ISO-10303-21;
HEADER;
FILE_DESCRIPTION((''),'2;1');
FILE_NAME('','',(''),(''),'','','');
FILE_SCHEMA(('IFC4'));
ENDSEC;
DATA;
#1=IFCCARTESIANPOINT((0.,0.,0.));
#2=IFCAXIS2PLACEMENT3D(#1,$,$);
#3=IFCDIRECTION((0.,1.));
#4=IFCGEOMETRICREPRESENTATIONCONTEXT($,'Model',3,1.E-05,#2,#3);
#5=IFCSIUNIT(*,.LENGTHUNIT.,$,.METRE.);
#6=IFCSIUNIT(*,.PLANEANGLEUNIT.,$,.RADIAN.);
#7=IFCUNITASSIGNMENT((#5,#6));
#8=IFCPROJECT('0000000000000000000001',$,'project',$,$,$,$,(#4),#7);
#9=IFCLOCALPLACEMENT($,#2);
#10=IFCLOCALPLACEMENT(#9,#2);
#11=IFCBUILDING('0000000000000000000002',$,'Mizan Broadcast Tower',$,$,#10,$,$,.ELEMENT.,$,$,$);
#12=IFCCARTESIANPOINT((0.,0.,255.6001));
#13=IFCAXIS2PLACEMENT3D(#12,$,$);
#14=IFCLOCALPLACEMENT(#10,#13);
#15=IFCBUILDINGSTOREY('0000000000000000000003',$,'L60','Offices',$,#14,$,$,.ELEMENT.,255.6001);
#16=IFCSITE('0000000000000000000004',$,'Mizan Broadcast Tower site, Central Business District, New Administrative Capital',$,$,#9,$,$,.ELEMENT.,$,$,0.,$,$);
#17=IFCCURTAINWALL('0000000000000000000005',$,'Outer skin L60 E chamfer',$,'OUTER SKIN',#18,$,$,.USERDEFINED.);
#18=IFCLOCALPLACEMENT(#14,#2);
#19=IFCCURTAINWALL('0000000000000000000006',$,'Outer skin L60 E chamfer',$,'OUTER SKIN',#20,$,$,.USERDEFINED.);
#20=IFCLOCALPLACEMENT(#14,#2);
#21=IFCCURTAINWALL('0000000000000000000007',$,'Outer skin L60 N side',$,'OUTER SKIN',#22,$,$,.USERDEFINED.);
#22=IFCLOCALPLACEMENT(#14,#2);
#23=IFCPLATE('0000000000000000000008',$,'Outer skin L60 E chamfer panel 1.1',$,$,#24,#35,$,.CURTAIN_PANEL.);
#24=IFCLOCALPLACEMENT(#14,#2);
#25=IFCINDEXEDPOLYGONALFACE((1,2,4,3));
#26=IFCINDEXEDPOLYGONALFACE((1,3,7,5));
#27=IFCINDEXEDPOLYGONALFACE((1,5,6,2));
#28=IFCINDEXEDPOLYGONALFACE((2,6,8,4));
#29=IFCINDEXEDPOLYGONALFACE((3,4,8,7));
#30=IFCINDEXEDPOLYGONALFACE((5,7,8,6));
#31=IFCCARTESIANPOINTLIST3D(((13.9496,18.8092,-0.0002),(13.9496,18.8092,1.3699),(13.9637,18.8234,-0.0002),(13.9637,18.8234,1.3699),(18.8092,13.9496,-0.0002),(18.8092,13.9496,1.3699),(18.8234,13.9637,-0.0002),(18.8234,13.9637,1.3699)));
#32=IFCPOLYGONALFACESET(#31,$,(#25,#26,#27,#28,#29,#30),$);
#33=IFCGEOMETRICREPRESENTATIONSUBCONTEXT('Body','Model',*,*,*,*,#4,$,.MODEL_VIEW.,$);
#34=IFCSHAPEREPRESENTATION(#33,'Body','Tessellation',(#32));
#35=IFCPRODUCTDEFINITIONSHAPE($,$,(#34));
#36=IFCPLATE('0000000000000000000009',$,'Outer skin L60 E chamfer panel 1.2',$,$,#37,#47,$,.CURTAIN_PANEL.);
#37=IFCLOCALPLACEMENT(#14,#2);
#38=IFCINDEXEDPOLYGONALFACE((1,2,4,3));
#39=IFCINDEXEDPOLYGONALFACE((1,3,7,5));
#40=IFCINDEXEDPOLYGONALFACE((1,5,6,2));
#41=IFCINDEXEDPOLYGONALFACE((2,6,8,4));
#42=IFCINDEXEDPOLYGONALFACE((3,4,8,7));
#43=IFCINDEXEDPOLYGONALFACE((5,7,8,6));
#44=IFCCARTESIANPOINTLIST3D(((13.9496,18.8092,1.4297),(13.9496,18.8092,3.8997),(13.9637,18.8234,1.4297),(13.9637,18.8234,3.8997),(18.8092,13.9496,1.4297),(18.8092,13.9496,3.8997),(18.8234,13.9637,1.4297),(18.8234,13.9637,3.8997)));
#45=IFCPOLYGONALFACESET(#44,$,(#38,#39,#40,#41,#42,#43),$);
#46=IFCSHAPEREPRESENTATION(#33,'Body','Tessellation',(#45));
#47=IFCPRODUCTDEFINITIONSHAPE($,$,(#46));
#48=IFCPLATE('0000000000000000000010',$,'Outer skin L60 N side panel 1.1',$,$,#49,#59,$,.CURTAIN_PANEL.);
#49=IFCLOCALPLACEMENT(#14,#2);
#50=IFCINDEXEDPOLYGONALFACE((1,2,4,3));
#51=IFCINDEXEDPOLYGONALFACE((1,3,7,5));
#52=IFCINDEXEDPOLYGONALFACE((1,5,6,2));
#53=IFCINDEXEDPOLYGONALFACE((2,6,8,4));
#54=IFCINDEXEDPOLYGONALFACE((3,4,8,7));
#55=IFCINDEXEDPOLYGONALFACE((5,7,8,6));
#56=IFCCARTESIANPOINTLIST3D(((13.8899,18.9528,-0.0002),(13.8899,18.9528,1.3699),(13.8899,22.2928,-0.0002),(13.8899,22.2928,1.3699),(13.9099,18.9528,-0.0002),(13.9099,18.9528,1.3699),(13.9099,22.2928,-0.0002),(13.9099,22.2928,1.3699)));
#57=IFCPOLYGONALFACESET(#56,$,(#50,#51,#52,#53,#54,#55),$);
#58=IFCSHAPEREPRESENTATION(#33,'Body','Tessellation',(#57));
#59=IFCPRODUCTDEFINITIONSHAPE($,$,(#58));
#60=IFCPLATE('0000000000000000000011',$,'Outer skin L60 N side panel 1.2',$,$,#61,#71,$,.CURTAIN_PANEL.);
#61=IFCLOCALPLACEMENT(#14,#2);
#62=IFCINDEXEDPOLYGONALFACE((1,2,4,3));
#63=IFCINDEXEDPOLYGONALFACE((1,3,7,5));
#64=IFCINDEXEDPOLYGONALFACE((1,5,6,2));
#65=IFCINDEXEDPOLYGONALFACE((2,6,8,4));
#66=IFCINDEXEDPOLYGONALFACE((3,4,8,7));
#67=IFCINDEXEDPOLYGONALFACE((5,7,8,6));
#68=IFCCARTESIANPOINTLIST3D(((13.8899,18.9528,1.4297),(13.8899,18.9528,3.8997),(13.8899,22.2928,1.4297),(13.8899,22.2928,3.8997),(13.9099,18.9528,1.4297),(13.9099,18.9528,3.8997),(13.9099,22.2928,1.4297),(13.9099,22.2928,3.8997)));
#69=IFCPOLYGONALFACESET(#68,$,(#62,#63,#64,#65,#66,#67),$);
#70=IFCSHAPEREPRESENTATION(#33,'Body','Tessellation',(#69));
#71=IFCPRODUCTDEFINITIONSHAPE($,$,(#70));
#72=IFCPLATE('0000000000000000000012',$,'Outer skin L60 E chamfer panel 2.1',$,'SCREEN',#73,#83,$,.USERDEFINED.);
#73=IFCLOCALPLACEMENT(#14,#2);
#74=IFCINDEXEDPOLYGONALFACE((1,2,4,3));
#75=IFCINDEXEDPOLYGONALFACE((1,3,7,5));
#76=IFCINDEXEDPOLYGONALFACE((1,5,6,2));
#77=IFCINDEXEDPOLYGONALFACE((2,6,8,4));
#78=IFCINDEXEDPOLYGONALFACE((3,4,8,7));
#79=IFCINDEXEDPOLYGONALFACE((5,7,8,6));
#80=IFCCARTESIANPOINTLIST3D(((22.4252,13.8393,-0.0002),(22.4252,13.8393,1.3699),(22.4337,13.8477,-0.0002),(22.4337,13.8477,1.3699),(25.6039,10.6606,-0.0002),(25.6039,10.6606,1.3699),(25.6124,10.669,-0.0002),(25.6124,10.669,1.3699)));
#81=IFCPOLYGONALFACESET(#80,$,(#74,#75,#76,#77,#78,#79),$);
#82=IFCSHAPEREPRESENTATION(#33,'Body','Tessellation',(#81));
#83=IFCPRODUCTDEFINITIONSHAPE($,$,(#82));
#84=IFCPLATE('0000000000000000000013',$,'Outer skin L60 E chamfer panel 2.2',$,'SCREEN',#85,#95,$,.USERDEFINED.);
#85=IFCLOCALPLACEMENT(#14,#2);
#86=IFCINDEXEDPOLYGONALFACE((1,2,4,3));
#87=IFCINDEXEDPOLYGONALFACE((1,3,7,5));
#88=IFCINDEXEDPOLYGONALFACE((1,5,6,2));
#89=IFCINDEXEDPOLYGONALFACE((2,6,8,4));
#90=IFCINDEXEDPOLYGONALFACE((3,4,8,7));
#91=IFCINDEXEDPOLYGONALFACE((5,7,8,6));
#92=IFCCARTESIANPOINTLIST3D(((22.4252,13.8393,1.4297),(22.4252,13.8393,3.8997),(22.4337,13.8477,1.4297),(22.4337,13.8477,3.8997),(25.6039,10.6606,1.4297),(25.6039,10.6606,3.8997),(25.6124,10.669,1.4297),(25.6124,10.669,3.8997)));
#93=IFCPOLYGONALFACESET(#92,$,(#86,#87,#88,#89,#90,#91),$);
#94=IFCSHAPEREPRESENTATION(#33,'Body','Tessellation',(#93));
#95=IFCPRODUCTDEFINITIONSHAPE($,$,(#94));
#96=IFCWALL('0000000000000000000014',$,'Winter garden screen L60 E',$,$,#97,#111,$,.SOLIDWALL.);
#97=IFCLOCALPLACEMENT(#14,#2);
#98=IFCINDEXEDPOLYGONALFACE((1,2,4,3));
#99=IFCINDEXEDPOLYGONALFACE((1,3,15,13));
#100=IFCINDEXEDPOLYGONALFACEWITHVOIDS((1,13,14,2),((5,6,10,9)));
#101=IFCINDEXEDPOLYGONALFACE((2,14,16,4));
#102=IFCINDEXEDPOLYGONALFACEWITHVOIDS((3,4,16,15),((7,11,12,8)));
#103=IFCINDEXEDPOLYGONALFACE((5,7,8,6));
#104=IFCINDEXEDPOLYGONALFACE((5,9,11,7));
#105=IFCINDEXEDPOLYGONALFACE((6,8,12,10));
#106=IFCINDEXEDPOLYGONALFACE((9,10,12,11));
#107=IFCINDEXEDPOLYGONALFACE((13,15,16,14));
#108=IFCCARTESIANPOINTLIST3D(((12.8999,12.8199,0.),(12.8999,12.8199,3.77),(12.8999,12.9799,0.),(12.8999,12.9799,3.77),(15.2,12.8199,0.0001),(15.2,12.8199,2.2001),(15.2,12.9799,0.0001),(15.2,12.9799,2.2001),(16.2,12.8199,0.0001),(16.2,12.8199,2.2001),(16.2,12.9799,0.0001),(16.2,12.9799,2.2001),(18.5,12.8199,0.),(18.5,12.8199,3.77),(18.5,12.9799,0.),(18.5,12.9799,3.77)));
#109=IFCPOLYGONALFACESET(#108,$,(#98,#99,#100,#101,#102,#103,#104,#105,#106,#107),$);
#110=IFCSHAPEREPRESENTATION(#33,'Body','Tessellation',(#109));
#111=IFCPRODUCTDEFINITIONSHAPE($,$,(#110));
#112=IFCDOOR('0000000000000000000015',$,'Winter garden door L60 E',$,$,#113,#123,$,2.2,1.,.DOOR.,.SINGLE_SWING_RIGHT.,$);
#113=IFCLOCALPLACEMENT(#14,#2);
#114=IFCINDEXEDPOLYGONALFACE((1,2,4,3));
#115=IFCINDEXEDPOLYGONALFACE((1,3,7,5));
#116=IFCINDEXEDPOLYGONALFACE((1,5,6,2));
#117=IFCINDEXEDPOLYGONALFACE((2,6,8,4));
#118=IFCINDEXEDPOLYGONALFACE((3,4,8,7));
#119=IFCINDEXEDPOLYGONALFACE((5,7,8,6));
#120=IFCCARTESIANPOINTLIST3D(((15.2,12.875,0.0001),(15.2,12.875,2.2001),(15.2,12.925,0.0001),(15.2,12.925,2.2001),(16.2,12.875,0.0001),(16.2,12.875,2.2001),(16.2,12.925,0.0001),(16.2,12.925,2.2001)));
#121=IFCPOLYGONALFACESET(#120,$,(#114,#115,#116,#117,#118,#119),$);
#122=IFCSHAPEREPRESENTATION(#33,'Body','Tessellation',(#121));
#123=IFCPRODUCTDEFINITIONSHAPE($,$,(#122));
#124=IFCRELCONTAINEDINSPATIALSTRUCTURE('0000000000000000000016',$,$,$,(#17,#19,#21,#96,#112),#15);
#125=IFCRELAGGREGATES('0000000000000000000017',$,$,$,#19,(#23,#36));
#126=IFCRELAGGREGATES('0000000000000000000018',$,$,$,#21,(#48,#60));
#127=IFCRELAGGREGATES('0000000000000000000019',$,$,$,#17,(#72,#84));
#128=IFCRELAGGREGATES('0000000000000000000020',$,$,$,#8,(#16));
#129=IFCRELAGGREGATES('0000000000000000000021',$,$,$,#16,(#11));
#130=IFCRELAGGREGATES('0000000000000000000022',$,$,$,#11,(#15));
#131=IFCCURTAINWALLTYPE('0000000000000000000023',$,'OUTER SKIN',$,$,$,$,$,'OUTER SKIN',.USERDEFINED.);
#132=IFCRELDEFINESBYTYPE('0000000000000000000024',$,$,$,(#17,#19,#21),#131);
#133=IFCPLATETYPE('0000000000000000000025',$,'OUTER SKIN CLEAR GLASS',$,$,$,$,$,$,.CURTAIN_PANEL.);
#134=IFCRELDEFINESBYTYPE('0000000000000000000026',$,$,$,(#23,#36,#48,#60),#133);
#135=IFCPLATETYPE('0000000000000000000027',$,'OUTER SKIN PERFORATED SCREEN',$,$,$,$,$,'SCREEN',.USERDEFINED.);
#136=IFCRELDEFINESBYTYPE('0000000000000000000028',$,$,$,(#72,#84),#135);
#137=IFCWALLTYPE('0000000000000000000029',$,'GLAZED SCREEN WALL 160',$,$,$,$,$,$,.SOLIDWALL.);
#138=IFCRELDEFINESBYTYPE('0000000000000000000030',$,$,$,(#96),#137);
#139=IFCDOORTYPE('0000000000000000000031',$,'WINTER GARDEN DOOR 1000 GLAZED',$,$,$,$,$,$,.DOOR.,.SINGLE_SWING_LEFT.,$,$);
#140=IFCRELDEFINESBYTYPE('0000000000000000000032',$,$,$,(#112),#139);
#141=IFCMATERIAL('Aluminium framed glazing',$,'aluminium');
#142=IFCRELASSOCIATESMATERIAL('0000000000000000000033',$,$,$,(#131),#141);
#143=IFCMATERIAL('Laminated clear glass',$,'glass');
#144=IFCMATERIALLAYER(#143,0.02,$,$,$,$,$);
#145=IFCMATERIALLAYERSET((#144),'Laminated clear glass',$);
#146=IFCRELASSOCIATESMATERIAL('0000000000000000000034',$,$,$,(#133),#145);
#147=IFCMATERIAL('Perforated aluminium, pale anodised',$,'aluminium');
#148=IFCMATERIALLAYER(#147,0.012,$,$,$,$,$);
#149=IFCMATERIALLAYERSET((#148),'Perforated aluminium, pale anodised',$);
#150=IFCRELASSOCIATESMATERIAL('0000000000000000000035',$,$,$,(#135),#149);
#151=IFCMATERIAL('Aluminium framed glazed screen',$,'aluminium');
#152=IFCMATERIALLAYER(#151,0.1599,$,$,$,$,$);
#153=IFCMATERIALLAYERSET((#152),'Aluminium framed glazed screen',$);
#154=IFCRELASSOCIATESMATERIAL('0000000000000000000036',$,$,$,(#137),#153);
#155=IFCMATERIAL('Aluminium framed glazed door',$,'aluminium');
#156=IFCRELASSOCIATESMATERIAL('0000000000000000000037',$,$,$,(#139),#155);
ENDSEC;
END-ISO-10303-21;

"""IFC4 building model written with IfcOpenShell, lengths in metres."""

from ifc_helpers import new_model, si_unit, direction, frame, frame_2d, origin, origin_2d, place, context, subcontext, project, spatial, rectangle, extrude, material, layer, layer_set, type_object, element, fill, aggregate, save


model = new_model("IFC4")

# Units and contexts
model_context = context("Model", 3, precision=1e-05, world=origin(), true_north=direction((0.0, 1.0)))
body_context = subcontext(model_context, "Body", "Model", "MODEL_VIEW")
ifc_project = project(units=[si_unit("LENGTHUNIT", "METRE"), si_unit("PLANEANGLEUNIT", "RADIAN")], contexts=[model_context])

# Site, building, storey
site_placement = place(None, origin())
site = spatial("IfcSite", under=ifc_project, at=site_placement, Name="Mizan Broadcast Tower site, Central Business District, New Administrative Capital", CompositionType="ELEMENT", RefElevation=0.0)
building_placement = place(site_placement, origin())
building = spatial("IfcBuilding", under=site, at=building_placement, Name="Mizan Broadcast Tower", CompositionType="ELEMENT")
storey_placement = place(building_placement, frame((0.0, 0.0, 255.6001)))
storey = spatial("IfcBuildingStorey", under=building, at=storey_placement, Name="L60", Description="Offices", CompositionType="ELEMENT", Elevation=255.6001)

# Curtain walls
ifc_material_1 = material(Name="Aluminium framed glazing", Category="aluminium")
curtain_wall_type_1 = type_object("IfcCurtainWallType", Name="OUTER SKIN", ElementType="OUTER SKIN", PredefinedType="USERDEFINED", material=ifc_material_1)
curtain_wall_1_placement = place(storey_placement, origin())
curtain_wall_1 = element("IfcCurtainWall", 1, at=curtain_wall_1_placement, inside=storey, type_object=curtain_wall_type_1, Name="Outer skin L60 E chamfer", ObjectType="OUTER SKIN", PredefinedType="USERDEFINED")
curtain_wall_2_placement = place(storey_placement, origin())
curtain_wall_2 = element("IfcCurtainWall", 2, at=curtain_wall_2_placement, inside=storey, type_object=curtain_wall_type_1, Name="Outer skin L60 E chamfer", ObjectType="OUTER SKIN", PredefinedType="USERDEFINED")
curtain_wall_3_placement = place(storey_placement, origin())
curtain_wall_3 = element("IfcCurtainWall", 3, at=curtain_wall_3_placement, inside=storey, type_object=curtain_wall_type_1, Name="Outer skin L60 N side", ObjectType="OUTER SKIN", PredefinedType="USERDEFINED")

# Plates
ifc_material_2 = material(Name="Laminated clear glass", Category="glass")
ifc_layer_1 = layer(ifc_material_2, 0.02)
ifc_layer_set_1 = layer_set([ifc_layer_1], Name="Laminated clear glass")
plate_type_1 = type_object("IfcPlateType", Name="OUTER SKIN CLEAR GLASS", PredefinedType="CURTAIN_PANEL", material=ifc_layer_set_1)
plate_1_placement = place(storey_placement, frame((16.3865, 16.3865, -0.0002), z_axis=(0.0, 0.0, 1.0), x_axis=(-0.707107, 0.707107, 0.0)))
plate_1 = element("IfcPlate", 4, at=plate_1_placement, type_object=plate_type_1, Name="Outer skin L60 E chamfer panel 1.1", PredefinedType="CURTAIN_PANEL", context=body_context, shape_type="SweptSolid", body=[
    extrude(rectangle(XDim=6.8726, YDim=0.02, at=origin_2d()), origin(), (0.0, 0.0, 1.0), 1.3701),
])
plate_2_placement = place(storey_placement, frame((16.3865, 16.3865, 1.4297), z_axis=(0.0, 0.0, 1.0), x_axis=(-0.707107, 0.707107, 0.0)))
plate_2 = element("IfcPlate", 5, at=plate_2_placement, type_object=plate_type_1, Name="Outer skin L60 E chamfer panel 1.2", PredefinedType="CURTAIN_PANEL", context=body_context, shape_type="SweptSolid", body=[
    extrude(rectangle(XDim=6.8726, YDim=0.02, at=origin_2d()), origin(), (0.0, 0.0, 1.0), 2.47),
])
aggregate(curtain_wall_2, [plate_1, plate_2])
plate_3_placement = place(storey_placement, frame((13.8999, 20.6228, -0.0002), z_axis=(0.0, 0.0, 1.0), x_axis=(0.0, 1.0, 0.0)))
plate_3 = element("IfcPlate", 6, at=plate_3_placement, type_object=plate_type_1, Name="Outer skin L60 N side panel 1.1", PredefinedType="CURTAIN_PANEL", context=body_context, shape_type="SweptSolid", body=[
    extrude(rectangle(XDim=3.3401, YDim=0.02, at=origin_2d()), origin(), (0.0, 0.0, 1.0), 1.3701),
])
plate_4_placement = place(storey_placement, frame((13.8999, 20.6228, 1.4297), z_axis=(0.0, 0.0, 1.0), x_axis=(0.0, 1.0, 0.0)))
plate_4 = element("IfcPlate", 7, at=plate_4_placement, type_object=plate_type_1, Name="Outer skin L60 N side panel 1.2", PredefinedType="CURTAIN_PANEL", context=body_context, shape_type="SweptSolid", body=[
    extrude(rectangle(XDim=3.3401, YDim=0.02, at=origin_2d()), origin(), (0.0, 0.0, 1.0), 2.47),
])
aggregate(curtain_wall_3, [plate_3, plate_4])
ifc_material_3 = material(Name="Perforated aluminium, pale anodised", Category="aluminium")
ifc_layer_2 = layer(ifc_material_3, 0.012)
ifc_layer_set_2 = layer_set([ifc_layer_2], Name="Perforated aluminium, pale anodised")
plate_type_2 = type_object("IfcPlateType", Name="OUTER SKIN PERFORATED SCREEN", ElementType="SCREEN", PredefinedType="USERDEFINED", material=ifc_layer_set_2)
plate_5_placement = place(storey_placement, frame((24.0188, 12.2542, -0.0002), z_axis=(0.0, 0.0, 1.0), x_axis=(-0.707107, 0.707107, 0.0)))
plate_5 = element("IfcPlate", 8, at=plate_5_placement, type_object=plate_type_2, Name="Outer skin L60 E chamfer panel 2.1", ObjectType="SCREEN", PredefinedType="USERDEFINED", context=body_context, shape_type="SweptSolid", body=[
    extrude(rectangle(XDim=4.4954, YDim=0.012, at=origin_2d()), origin(), (0.0, 0.0, 1.0), 1.3701),
])
plate_6_placement = place(storey_placement, frame((24.0188, 12.2542, 1.4297), z_axis=(0.0, 0.0, 1.0), x_axis=(-0.707107, 0.707107, 0.0)))
plate_6 = element("IfcPlate", 9, at=plate_6_placement, type_object=plate_type_2, Name="Outer skin L60 E chamfer panel 2.2", ObjectType="SCREEN", PredefinedType="USERDEFINED", context=body_context, shape_type="SweptSolid", body=[
    extrude(rectangle(XDim=4.4954, YDim=0.012, at=origin_2d()), origin(), (0.0, 0.0, 1.0), 2.47),
])
aggregate(curtain_wall_1, [plate_5, plate_6])

# Wall, opening, door
ifc_material_4 = material(Name="Aluminium framed glazed screen", Category="aluminium")
ifc_layer_3 = layer(ifc_material_4, 0.1599)
ifc_layer_set_3 = layer_set([ifc_layer_3], Name="Aluminium framed glazed screen")
wall_type = type_object("IfcWallType", Name="GLAZED SCREEN WALL 160", PredefinedType="SOLIDWALL", material=ifc_layer_set_3)
wall_placement = place(storey_placement, frame((18.5, 12.8999, 0.0), z_axis=(0.0, 0.0, 1.0), x_axis=(-1.0, 0.0, 0.0)))
wall = element("IfcWall", 10, at=wall_placement, inside=storey, type_object=wall_type, Name="Winter garden screen L60 E", PredefinedType="SOLIDWALL", context=body_context, shape_type="SweptSolid", body=[
    extrude(rectangle(XDim=5.6001, YDim=0.1599, at=frame_2d((2.8, 0.0))), origin(), (0.0, 0.0, 1.0), 3.77),
])
opening_placement = place(wall_placement, frame((2.3, 0.0, 0.0)))
opening = element("IfcOpeningElement", 11, at=opening_placement, cuts=wall, PredefinedType="OPENING", context=body_context, shape_type="SweptSolid", body=[
    extrude(rectangle(XDim=1.0, YDim=2.2, at=frame_2d((0.5, 1.1001))), frame((0.0, 0.0898, 0.0), z_axis=(0.0, -1.0, 0.0), x_axis=(1.0, 0.0, 0.0)), (0.0, 0.0, 1.0), 0.1799),
])
ifc_material_5 = material(Name="Aluminium framed glazed door", Category="aluminium")
door_type = type_object("IfcDoorType", Name="WINTER GARDEN DOOR 1000 GLAZED", OperationType="SINGLE_SWING_LEFT", PredefinedType="DOOR", material=ifc_material_5)
door_placement = place(opening_placement, origin())
door = element("IfcDoor", 12, at=door_placement, inside=storey, type_object=door_type, Name="Winter garden door L60 E", OperationType="SINGLE_SWING_RIGHT", OverallHeight=2.2, OverallWidth=1.0, PredefinedType="DOOR", context=body_context, shape_type="SweptSolid", body=[
    extrude(rectangle(XDim=1.0, YDim=2.2, at=frame_2d((0.5, 1.1001))), frame((0.0, 0.0249, 0.0), z_axis=(0.0, -1.0, 0.0), x_axis=(1.0, 0.0, 0.0)), (0.0, 0.0, 1.0), 0.05),
])
fill(opening, door)

save(model, "model.ifc")
